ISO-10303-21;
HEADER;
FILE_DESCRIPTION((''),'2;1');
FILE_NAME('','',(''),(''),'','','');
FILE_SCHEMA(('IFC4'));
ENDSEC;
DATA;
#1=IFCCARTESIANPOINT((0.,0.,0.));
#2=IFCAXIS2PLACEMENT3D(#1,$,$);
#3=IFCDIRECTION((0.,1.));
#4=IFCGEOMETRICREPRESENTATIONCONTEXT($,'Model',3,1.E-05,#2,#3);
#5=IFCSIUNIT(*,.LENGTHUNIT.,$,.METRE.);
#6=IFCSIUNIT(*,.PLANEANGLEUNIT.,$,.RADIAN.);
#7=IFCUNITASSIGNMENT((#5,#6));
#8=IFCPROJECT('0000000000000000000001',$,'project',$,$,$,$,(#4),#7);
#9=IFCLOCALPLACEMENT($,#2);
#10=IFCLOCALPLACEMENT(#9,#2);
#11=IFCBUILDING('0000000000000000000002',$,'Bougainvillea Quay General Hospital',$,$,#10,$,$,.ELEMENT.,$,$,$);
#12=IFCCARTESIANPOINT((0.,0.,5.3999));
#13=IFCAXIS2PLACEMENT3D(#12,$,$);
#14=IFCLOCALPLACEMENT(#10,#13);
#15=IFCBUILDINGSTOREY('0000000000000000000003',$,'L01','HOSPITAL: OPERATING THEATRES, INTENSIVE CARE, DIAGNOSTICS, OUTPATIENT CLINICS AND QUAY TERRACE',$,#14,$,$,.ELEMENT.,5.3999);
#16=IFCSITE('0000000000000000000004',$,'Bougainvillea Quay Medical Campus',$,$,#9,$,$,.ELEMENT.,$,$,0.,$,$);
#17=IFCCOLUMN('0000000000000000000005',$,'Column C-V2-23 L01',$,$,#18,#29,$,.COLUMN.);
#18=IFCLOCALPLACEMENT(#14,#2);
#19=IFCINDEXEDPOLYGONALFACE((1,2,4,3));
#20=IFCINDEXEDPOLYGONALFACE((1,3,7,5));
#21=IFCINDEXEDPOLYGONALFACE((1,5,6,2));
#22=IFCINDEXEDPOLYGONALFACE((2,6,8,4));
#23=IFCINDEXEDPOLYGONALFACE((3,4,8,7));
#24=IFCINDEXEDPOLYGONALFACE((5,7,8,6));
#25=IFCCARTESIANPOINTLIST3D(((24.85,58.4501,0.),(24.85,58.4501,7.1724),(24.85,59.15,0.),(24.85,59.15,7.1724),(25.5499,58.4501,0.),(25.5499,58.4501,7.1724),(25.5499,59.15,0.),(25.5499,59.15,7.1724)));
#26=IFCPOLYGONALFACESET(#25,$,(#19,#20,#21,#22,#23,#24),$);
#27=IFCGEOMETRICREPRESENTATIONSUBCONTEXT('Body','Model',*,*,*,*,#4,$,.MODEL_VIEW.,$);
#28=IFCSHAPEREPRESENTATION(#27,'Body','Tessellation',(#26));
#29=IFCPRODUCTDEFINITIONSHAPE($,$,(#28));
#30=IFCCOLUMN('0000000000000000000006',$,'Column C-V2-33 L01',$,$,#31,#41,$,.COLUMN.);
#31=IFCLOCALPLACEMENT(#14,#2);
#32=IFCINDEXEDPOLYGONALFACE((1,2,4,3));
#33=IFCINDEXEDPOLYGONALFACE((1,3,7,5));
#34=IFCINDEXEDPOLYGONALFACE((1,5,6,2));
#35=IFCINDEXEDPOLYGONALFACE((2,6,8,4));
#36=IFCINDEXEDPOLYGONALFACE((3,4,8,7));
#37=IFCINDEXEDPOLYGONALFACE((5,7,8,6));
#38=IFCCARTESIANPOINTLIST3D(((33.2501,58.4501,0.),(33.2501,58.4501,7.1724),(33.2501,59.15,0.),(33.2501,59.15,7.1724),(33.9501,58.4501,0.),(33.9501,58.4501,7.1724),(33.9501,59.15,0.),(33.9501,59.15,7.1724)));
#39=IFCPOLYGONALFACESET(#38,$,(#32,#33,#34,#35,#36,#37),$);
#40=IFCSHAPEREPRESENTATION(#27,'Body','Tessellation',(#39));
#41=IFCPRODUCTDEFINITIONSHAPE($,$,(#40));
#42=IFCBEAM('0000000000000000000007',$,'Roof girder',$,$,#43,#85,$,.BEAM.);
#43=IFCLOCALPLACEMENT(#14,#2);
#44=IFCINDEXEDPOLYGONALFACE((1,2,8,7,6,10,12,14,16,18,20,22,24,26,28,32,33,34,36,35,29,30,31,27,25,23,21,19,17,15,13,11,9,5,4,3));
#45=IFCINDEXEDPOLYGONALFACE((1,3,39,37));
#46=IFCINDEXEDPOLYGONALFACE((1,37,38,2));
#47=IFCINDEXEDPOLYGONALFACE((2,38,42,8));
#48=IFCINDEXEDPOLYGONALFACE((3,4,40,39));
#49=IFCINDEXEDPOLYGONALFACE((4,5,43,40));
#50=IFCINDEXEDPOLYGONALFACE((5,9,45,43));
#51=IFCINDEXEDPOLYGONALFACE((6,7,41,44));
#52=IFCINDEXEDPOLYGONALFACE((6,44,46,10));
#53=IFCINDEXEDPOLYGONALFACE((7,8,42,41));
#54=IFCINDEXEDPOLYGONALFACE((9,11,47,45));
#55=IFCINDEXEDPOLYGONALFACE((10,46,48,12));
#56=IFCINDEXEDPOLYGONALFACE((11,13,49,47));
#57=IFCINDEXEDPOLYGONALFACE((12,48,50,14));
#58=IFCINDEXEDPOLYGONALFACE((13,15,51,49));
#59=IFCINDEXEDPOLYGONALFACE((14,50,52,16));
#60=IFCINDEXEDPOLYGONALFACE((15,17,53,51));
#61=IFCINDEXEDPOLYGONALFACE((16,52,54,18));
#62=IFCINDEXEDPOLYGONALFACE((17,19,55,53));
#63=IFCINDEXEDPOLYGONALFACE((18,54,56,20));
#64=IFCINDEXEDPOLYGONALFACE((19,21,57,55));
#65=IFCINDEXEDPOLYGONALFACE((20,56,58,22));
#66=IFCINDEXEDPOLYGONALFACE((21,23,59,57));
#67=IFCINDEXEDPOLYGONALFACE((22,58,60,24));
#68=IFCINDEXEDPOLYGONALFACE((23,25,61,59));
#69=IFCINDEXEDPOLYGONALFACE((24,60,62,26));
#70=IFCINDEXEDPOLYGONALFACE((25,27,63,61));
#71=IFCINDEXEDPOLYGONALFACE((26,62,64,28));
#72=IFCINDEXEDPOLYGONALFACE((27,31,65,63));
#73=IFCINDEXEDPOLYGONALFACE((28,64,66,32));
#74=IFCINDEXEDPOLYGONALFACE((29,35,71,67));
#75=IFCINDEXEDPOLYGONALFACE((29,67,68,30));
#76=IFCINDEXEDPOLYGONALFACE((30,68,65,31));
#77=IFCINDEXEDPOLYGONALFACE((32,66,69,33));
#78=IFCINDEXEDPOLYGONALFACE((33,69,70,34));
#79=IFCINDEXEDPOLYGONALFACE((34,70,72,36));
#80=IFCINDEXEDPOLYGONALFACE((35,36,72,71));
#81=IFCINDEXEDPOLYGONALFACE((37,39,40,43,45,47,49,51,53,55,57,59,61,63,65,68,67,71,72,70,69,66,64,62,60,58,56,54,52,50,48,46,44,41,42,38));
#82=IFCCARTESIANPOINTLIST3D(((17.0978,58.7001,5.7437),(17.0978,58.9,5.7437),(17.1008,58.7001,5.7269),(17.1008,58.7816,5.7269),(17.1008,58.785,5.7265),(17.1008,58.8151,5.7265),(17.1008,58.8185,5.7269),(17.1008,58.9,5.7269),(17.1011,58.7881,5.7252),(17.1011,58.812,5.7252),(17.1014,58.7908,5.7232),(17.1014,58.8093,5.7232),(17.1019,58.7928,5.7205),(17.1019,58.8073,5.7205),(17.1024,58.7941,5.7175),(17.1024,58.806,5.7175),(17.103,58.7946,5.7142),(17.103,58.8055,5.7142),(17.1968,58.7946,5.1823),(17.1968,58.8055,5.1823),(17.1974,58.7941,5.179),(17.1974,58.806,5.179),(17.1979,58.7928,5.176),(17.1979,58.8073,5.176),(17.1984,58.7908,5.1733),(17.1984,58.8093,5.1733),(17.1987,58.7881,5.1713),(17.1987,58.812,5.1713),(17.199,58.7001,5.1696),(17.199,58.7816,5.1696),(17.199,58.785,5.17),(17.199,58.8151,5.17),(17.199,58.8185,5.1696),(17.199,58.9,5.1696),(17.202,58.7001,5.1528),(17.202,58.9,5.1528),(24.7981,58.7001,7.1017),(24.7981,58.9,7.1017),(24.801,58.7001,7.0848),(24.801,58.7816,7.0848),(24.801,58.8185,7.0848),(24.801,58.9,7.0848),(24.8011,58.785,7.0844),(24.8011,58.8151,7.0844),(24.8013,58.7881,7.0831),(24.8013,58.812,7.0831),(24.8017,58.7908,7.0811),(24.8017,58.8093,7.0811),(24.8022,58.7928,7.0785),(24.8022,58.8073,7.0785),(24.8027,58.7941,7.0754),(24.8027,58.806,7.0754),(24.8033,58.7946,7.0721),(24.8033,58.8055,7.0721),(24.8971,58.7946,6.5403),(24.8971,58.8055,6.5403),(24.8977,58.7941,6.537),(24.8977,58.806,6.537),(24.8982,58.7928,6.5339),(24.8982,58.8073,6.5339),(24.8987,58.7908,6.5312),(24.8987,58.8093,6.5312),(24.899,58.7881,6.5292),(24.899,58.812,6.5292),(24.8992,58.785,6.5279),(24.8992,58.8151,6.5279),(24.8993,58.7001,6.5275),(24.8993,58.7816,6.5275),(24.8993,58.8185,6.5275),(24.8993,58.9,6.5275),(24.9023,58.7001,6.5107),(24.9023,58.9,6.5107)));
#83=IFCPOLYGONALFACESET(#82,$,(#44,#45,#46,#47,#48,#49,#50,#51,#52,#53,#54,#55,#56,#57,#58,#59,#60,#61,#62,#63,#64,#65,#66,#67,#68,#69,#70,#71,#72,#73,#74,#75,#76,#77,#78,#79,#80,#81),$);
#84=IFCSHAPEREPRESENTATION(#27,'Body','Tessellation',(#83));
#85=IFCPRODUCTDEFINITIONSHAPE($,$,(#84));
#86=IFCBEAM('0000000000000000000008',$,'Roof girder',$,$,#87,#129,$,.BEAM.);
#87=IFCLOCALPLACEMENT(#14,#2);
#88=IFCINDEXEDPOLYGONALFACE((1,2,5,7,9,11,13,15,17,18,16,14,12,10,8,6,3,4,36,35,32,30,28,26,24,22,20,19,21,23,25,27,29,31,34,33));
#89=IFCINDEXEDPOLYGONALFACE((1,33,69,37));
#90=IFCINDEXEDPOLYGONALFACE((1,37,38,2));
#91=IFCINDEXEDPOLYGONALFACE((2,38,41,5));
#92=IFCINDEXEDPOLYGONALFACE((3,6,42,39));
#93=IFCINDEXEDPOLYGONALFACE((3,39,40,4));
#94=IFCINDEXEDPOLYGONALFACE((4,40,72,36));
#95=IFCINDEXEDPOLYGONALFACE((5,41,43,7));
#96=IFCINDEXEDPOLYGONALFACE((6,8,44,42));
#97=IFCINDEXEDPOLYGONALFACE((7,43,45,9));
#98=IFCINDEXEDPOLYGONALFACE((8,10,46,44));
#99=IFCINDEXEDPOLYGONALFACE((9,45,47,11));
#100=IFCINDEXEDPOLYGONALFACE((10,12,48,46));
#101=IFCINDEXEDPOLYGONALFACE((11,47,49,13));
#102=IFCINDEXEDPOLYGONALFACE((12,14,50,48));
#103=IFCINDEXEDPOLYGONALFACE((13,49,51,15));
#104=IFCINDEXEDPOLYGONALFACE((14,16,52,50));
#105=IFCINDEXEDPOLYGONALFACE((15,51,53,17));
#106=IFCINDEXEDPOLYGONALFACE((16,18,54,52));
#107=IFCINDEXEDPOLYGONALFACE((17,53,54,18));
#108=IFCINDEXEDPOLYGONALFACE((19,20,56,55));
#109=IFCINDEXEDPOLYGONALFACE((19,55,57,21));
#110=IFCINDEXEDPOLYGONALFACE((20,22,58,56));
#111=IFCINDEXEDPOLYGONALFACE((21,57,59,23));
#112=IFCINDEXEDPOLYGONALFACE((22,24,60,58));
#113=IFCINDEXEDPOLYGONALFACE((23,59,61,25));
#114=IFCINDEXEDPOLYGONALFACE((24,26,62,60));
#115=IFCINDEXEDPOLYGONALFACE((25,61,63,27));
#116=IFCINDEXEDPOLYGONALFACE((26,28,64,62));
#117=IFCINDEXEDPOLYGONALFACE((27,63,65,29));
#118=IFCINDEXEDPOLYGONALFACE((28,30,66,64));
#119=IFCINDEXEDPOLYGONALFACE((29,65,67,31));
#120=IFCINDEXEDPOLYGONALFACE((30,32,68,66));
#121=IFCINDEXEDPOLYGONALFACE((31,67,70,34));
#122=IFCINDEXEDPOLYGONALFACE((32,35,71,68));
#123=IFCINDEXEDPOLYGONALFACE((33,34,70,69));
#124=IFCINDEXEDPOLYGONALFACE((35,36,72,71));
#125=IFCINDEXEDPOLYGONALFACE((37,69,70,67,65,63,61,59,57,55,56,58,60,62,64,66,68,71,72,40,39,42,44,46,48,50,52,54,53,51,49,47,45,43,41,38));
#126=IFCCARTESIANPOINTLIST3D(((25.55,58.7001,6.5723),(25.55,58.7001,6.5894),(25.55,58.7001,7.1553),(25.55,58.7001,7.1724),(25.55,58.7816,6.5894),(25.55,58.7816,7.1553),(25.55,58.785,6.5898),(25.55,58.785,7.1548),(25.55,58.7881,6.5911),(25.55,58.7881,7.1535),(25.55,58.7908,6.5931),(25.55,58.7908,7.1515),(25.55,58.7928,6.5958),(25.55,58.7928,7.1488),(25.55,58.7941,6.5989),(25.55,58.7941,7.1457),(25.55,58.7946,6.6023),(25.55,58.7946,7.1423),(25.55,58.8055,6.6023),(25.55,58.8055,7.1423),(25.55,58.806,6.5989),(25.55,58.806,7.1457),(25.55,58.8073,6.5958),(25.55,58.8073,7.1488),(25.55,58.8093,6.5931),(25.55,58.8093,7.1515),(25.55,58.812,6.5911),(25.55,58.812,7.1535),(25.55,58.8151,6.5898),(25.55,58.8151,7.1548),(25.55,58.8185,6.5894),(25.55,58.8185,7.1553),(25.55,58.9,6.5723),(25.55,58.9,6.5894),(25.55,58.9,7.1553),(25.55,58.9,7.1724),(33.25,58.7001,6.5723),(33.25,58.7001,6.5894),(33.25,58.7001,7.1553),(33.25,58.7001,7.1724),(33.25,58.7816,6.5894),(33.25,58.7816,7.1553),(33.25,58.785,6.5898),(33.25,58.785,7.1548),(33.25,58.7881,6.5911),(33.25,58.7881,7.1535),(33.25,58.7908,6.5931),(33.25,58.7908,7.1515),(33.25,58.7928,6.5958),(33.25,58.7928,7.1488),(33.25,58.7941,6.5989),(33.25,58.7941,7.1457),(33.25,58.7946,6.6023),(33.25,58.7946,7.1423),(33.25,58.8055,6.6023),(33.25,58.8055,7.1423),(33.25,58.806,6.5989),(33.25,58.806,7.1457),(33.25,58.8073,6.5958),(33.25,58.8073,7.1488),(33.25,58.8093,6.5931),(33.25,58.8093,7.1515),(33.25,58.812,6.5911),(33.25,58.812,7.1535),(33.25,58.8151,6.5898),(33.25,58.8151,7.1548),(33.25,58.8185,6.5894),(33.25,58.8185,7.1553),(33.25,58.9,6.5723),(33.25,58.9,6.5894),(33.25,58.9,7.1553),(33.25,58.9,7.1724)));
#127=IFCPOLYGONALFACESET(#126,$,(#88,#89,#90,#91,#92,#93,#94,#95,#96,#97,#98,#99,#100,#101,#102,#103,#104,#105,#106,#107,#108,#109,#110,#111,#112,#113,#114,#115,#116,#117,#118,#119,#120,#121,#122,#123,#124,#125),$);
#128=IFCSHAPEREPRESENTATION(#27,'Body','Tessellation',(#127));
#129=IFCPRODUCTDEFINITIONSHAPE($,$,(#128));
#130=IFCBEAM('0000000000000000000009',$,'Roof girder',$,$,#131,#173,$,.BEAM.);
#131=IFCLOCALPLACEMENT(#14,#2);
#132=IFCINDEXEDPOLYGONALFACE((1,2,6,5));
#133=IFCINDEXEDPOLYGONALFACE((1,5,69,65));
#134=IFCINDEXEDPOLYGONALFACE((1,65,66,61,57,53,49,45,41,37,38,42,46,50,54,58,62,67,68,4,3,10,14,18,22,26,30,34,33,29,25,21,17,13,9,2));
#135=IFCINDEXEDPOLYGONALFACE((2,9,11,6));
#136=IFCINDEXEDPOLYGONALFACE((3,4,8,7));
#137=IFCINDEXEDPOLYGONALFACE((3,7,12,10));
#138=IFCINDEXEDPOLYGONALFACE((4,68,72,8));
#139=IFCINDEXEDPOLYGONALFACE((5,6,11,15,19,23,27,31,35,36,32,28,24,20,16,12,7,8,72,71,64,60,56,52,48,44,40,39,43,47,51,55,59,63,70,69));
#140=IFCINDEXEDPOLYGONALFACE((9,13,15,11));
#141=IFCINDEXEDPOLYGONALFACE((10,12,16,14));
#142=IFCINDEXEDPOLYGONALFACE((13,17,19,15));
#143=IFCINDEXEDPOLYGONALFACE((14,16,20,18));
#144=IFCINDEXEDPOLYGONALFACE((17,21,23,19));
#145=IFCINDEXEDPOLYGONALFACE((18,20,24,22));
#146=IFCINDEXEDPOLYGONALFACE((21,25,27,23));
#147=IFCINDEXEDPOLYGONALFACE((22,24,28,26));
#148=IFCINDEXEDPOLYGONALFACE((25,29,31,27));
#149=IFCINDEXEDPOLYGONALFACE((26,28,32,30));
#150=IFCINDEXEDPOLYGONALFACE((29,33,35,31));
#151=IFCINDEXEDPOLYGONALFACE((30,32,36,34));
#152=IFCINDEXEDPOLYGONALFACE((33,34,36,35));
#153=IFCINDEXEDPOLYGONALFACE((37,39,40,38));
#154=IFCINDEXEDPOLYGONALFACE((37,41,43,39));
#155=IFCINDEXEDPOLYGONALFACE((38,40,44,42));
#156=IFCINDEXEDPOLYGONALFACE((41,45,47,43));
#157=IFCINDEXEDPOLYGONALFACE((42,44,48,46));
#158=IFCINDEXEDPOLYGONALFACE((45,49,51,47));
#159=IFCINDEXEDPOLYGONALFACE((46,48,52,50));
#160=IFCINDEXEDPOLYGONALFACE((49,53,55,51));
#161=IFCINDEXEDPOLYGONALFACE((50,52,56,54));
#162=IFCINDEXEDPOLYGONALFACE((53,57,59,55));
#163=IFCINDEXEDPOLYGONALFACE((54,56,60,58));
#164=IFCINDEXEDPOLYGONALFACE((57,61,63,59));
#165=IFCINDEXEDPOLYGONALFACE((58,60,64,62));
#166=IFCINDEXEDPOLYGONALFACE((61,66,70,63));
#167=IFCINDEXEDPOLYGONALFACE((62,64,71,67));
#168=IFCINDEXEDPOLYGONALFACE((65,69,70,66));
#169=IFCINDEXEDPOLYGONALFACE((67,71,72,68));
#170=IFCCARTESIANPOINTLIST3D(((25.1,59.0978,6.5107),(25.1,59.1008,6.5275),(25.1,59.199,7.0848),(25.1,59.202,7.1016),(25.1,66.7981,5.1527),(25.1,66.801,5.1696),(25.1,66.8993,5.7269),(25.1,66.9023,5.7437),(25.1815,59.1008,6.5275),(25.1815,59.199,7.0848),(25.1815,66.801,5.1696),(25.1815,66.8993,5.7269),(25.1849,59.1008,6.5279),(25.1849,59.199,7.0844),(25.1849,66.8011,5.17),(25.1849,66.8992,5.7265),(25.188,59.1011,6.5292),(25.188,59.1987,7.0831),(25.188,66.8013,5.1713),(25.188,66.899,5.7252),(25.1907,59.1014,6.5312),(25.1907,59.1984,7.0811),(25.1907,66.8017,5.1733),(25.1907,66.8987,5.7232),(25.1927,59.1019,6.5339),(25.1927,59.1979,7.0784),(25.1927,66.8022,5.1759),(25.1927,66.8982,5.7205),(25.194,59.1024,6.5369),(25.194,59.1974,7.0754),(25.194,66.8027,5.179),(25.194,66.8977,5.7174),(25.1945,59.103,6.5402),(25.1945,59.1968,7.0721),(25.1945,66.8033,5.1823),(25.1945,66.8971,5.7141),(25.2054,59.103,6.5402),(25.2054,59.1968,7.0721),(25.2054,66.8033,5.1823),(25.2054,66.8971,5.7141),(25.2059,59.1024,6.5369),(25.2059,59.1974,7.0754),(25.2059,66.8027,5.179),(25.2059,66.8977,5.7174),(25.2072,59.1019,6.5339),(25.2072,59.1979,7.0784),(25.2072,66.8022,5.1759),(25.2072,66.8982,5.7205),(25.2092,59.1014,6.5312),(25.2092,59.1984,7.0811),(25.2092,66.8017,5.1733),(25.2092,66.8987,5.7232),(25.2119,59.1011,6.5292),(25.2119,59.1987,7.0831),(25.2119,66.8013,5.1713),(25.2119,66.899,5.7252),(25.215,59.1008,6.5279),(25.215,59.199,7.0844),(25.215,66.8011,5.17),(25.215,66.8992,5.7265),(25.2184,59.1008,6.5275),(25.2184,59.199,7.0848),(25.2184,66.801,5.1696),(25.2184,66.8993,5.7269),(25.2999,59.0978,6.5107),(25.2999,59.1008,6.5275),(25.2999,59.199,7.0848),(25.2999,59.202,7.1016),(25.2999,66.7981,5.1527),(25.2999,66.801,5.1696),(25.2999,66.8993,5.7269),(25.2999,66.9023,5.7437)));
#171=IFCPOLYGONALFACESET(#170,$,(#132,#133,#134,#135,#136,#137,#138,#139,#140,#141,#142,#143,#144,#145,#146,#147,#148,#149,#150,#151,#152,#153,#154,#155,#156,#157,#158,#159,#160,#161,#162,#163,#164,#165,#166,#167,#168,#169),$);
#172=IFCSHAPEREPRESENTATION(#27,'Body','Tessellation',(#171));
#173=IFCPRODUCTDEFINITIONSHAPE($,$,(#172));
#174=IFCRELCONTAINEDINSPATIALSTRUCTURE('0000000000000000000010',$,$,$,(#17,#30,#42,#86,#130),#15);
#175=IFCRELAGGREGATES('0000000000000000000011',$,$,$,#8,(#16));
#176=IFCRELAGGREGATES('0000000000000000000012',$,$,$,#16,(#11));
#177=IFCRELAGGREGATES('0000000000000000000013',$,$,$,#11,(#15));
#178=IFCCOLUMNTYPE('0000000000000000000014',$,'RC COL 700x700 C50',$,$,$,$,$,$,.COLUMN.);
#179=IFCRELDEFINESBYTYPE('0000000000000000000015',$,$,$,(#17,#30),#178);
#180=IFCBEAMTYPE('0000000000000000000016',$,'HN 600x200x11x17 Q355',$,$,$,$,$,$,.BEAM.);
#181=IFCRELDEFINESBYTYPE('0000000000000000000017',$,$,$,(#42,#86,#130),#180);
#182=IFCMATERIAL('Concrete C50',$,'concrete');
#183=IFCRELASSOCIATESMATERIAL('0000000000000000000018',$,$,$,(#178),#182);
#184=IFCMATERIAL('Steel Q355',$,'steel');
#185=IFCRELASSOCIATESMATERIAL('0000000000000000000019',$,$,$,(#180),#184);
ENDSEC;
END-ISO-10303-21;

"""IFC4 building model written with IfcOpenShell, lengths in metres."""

from ifc_helpers import new_model, si_unit, direction, frame, origin, origin_2d, place, context, subcontext, project, spatial, rectangle, i_section, extrude, material, material_profile, profile_set, type_object, element, save


model = new_model("IFC4")

# Units and contexts
model_context = context("Model", 3, precision=1e-05, world=origin(), true_north=direction((0.0, 1.0)))
body_context = subcontext(model_context, "Body", "Model", "MODEL_VIEW")
ifc_project = project(units=[si_unit("LENGTHUNIT", "METRE"), si_unit("PLANEANGLEUNIT", "RADIAN")], contexts=[model_context])

# Site, building, storey
site_placement = place(None, origin())
site = spatial("IfcSite", under=ifc_project, at=site_placement, Name="Bougainvillea Quay Medical Campus", CompositionType="ELEMENT", RefElevation=0.0)
building_placement = place(site_placement, origin())
building = spatial("IfcBuilding", under=site, at=building_placement, Name="Bougainvillea Quay General Hospital", CompositionType="ELEMENT")
storey_placement = place(building_placement, frame((0.0, 0.0, 5.3999)))
storey = spatial("IfcBuildingStorey", under=building, at=storey_placement, Name="L01", Description="HOSPITAL: OPERATING THEATRES, INTENSIVE CARE, DIAGNOSTICS, OUTPATIENT CLINICS AND QUAY TERRACE", CompositionType="ELEMENT", Elevation=5.3999)

# Columns
ifc_material_1 = material(Name="Concrete C50", Category="concrete")
ifc_material_profile_1 = material_profile(ifc_material_1, rectangle(XDim=0.7, YDim=0.7, at=origin_2d()))
ifc_profile_set_1 = profile_set([ifc_material_profile_1], Name="Concrete C50")
column_type = type_object("IfcColumnType", Name="RC COL 700x700 C50", PredefinedType="COLUMN", material=ifc_profile_set_1)
for number, where, z_axis, x_axis, name in (
    (1, (25.2, 58.8, 0.0), (0.0, 0.0, 1.0), (1.0, 0.0, 0.0), "Column C-V2-23 L01"),
    (2, (33.6001, 58.8, 0.0), (0.0, 0.0, 1.0), (1.0, 0.0, 0.0), "Column C-V2-33 L01"),
):
    element("IfcColumn", number, at=place(storey_placement, frame(where, z_axis=z_axis, x_axis=x_axis)), inside=storey, type_object=column_type, Name=name, PredefinedType="COLUMN", context=body_context, shape_type="SweptSolid", body=[
        extrude(rectangle(XDim=0.7, YDim=0.7, at=origin_2d()), origin(), (0.0, 0.0, 1.0), 7.1724),
    ])

# Beams
ifc_material_2 = material(Name="Steel Q355", Category="steel")
ifc_material_profile_2 = material_profile(ifc_material_2, i_section(OverallWidth=0.2, OverallDepth=0.6001, WebThickness=0.011, FlangeThickness=0.0171, FilletRadius=0.0129, at=origin_2d()))
ifc_profile_set_2 = profile_set([ifc_material_profile_2], Name="Steel Q355")
beam_type = type_object("IfcBeamType", Name="HN 600x200x11x17 Q355", PredefinedType="BEAM", material=ifc_profile_set_2)
beam_1_placement = place(storey_placement, frame((17.1499, 58.8, 5.4482), z_axis=(0.984804, 0.0, 0.173668), x_axis=(0.0, 1.0, 0.0)))
element("IfcBeam", 3, at=beam_1_placement, inside=storey, type_object=beam_type, Name="Roof girder", PredefinedType="BEAM", context=body_context, shape_type="SweptSolid", body=[
    extrude(i_section(OverallWidth=0.2, OverallDepth=0.6001, WebThickness=0.011, FlangeThickness=0.0171, FilletRadius=0.0129, at=origin_2d()), origin(), (0.0, 0.0, 1.0), 7.8191),
])
beam_2_placement = place(storey_placement, frame((25.55, 58.8, 6.8723), z_axis=(1.0, 0.0, 0.0), x_axis=(0.0, 1.0, 0.0)))
element("IfcBeam", 4, at=beam_2_placement, inside=storey, type_object=beam_type, Name="Roof girder", PredefinedType="BEAM", context=body_context, shape_type="SweptSolid", body=[
    extrude(i_section(OverallWidth=0.2, OverallDepth=0.6001, WebThickness=0.011, FlangeThickness=0.0171, FilletRadius=0.0129, at=origin_2d()), origin(), (0.0, 0.0, 1.0), 7.7),
])
for number, where, z_axis, x_axis, name in (
    (5, (25.2, 59.1499, 6.8062), (0.0, 0.984804, -0.173668), (-1.0, 0.0, 0.0), "Roof girder"),
):
    element("IfcBeam", number, at=place(storey_placement, frame(where, z_axis=z_axis, x_axis=x_axis)), inside=storey, type_object=beam_type, Name=name, PredefinedType="BEAM", context=body_context, shape_type="SweptSolid", body=[
        extrude(i_section(OverallWidth=0.2, OverallDepth=0.6001, WebThickness=0.011, FlangeThickness=0.0171, FilletRadius=0.0129, at=origin_2d()), origin(), (0.0, 0.0, 1.0), 7.8191),
    ])

save(model, "model.ifc")
